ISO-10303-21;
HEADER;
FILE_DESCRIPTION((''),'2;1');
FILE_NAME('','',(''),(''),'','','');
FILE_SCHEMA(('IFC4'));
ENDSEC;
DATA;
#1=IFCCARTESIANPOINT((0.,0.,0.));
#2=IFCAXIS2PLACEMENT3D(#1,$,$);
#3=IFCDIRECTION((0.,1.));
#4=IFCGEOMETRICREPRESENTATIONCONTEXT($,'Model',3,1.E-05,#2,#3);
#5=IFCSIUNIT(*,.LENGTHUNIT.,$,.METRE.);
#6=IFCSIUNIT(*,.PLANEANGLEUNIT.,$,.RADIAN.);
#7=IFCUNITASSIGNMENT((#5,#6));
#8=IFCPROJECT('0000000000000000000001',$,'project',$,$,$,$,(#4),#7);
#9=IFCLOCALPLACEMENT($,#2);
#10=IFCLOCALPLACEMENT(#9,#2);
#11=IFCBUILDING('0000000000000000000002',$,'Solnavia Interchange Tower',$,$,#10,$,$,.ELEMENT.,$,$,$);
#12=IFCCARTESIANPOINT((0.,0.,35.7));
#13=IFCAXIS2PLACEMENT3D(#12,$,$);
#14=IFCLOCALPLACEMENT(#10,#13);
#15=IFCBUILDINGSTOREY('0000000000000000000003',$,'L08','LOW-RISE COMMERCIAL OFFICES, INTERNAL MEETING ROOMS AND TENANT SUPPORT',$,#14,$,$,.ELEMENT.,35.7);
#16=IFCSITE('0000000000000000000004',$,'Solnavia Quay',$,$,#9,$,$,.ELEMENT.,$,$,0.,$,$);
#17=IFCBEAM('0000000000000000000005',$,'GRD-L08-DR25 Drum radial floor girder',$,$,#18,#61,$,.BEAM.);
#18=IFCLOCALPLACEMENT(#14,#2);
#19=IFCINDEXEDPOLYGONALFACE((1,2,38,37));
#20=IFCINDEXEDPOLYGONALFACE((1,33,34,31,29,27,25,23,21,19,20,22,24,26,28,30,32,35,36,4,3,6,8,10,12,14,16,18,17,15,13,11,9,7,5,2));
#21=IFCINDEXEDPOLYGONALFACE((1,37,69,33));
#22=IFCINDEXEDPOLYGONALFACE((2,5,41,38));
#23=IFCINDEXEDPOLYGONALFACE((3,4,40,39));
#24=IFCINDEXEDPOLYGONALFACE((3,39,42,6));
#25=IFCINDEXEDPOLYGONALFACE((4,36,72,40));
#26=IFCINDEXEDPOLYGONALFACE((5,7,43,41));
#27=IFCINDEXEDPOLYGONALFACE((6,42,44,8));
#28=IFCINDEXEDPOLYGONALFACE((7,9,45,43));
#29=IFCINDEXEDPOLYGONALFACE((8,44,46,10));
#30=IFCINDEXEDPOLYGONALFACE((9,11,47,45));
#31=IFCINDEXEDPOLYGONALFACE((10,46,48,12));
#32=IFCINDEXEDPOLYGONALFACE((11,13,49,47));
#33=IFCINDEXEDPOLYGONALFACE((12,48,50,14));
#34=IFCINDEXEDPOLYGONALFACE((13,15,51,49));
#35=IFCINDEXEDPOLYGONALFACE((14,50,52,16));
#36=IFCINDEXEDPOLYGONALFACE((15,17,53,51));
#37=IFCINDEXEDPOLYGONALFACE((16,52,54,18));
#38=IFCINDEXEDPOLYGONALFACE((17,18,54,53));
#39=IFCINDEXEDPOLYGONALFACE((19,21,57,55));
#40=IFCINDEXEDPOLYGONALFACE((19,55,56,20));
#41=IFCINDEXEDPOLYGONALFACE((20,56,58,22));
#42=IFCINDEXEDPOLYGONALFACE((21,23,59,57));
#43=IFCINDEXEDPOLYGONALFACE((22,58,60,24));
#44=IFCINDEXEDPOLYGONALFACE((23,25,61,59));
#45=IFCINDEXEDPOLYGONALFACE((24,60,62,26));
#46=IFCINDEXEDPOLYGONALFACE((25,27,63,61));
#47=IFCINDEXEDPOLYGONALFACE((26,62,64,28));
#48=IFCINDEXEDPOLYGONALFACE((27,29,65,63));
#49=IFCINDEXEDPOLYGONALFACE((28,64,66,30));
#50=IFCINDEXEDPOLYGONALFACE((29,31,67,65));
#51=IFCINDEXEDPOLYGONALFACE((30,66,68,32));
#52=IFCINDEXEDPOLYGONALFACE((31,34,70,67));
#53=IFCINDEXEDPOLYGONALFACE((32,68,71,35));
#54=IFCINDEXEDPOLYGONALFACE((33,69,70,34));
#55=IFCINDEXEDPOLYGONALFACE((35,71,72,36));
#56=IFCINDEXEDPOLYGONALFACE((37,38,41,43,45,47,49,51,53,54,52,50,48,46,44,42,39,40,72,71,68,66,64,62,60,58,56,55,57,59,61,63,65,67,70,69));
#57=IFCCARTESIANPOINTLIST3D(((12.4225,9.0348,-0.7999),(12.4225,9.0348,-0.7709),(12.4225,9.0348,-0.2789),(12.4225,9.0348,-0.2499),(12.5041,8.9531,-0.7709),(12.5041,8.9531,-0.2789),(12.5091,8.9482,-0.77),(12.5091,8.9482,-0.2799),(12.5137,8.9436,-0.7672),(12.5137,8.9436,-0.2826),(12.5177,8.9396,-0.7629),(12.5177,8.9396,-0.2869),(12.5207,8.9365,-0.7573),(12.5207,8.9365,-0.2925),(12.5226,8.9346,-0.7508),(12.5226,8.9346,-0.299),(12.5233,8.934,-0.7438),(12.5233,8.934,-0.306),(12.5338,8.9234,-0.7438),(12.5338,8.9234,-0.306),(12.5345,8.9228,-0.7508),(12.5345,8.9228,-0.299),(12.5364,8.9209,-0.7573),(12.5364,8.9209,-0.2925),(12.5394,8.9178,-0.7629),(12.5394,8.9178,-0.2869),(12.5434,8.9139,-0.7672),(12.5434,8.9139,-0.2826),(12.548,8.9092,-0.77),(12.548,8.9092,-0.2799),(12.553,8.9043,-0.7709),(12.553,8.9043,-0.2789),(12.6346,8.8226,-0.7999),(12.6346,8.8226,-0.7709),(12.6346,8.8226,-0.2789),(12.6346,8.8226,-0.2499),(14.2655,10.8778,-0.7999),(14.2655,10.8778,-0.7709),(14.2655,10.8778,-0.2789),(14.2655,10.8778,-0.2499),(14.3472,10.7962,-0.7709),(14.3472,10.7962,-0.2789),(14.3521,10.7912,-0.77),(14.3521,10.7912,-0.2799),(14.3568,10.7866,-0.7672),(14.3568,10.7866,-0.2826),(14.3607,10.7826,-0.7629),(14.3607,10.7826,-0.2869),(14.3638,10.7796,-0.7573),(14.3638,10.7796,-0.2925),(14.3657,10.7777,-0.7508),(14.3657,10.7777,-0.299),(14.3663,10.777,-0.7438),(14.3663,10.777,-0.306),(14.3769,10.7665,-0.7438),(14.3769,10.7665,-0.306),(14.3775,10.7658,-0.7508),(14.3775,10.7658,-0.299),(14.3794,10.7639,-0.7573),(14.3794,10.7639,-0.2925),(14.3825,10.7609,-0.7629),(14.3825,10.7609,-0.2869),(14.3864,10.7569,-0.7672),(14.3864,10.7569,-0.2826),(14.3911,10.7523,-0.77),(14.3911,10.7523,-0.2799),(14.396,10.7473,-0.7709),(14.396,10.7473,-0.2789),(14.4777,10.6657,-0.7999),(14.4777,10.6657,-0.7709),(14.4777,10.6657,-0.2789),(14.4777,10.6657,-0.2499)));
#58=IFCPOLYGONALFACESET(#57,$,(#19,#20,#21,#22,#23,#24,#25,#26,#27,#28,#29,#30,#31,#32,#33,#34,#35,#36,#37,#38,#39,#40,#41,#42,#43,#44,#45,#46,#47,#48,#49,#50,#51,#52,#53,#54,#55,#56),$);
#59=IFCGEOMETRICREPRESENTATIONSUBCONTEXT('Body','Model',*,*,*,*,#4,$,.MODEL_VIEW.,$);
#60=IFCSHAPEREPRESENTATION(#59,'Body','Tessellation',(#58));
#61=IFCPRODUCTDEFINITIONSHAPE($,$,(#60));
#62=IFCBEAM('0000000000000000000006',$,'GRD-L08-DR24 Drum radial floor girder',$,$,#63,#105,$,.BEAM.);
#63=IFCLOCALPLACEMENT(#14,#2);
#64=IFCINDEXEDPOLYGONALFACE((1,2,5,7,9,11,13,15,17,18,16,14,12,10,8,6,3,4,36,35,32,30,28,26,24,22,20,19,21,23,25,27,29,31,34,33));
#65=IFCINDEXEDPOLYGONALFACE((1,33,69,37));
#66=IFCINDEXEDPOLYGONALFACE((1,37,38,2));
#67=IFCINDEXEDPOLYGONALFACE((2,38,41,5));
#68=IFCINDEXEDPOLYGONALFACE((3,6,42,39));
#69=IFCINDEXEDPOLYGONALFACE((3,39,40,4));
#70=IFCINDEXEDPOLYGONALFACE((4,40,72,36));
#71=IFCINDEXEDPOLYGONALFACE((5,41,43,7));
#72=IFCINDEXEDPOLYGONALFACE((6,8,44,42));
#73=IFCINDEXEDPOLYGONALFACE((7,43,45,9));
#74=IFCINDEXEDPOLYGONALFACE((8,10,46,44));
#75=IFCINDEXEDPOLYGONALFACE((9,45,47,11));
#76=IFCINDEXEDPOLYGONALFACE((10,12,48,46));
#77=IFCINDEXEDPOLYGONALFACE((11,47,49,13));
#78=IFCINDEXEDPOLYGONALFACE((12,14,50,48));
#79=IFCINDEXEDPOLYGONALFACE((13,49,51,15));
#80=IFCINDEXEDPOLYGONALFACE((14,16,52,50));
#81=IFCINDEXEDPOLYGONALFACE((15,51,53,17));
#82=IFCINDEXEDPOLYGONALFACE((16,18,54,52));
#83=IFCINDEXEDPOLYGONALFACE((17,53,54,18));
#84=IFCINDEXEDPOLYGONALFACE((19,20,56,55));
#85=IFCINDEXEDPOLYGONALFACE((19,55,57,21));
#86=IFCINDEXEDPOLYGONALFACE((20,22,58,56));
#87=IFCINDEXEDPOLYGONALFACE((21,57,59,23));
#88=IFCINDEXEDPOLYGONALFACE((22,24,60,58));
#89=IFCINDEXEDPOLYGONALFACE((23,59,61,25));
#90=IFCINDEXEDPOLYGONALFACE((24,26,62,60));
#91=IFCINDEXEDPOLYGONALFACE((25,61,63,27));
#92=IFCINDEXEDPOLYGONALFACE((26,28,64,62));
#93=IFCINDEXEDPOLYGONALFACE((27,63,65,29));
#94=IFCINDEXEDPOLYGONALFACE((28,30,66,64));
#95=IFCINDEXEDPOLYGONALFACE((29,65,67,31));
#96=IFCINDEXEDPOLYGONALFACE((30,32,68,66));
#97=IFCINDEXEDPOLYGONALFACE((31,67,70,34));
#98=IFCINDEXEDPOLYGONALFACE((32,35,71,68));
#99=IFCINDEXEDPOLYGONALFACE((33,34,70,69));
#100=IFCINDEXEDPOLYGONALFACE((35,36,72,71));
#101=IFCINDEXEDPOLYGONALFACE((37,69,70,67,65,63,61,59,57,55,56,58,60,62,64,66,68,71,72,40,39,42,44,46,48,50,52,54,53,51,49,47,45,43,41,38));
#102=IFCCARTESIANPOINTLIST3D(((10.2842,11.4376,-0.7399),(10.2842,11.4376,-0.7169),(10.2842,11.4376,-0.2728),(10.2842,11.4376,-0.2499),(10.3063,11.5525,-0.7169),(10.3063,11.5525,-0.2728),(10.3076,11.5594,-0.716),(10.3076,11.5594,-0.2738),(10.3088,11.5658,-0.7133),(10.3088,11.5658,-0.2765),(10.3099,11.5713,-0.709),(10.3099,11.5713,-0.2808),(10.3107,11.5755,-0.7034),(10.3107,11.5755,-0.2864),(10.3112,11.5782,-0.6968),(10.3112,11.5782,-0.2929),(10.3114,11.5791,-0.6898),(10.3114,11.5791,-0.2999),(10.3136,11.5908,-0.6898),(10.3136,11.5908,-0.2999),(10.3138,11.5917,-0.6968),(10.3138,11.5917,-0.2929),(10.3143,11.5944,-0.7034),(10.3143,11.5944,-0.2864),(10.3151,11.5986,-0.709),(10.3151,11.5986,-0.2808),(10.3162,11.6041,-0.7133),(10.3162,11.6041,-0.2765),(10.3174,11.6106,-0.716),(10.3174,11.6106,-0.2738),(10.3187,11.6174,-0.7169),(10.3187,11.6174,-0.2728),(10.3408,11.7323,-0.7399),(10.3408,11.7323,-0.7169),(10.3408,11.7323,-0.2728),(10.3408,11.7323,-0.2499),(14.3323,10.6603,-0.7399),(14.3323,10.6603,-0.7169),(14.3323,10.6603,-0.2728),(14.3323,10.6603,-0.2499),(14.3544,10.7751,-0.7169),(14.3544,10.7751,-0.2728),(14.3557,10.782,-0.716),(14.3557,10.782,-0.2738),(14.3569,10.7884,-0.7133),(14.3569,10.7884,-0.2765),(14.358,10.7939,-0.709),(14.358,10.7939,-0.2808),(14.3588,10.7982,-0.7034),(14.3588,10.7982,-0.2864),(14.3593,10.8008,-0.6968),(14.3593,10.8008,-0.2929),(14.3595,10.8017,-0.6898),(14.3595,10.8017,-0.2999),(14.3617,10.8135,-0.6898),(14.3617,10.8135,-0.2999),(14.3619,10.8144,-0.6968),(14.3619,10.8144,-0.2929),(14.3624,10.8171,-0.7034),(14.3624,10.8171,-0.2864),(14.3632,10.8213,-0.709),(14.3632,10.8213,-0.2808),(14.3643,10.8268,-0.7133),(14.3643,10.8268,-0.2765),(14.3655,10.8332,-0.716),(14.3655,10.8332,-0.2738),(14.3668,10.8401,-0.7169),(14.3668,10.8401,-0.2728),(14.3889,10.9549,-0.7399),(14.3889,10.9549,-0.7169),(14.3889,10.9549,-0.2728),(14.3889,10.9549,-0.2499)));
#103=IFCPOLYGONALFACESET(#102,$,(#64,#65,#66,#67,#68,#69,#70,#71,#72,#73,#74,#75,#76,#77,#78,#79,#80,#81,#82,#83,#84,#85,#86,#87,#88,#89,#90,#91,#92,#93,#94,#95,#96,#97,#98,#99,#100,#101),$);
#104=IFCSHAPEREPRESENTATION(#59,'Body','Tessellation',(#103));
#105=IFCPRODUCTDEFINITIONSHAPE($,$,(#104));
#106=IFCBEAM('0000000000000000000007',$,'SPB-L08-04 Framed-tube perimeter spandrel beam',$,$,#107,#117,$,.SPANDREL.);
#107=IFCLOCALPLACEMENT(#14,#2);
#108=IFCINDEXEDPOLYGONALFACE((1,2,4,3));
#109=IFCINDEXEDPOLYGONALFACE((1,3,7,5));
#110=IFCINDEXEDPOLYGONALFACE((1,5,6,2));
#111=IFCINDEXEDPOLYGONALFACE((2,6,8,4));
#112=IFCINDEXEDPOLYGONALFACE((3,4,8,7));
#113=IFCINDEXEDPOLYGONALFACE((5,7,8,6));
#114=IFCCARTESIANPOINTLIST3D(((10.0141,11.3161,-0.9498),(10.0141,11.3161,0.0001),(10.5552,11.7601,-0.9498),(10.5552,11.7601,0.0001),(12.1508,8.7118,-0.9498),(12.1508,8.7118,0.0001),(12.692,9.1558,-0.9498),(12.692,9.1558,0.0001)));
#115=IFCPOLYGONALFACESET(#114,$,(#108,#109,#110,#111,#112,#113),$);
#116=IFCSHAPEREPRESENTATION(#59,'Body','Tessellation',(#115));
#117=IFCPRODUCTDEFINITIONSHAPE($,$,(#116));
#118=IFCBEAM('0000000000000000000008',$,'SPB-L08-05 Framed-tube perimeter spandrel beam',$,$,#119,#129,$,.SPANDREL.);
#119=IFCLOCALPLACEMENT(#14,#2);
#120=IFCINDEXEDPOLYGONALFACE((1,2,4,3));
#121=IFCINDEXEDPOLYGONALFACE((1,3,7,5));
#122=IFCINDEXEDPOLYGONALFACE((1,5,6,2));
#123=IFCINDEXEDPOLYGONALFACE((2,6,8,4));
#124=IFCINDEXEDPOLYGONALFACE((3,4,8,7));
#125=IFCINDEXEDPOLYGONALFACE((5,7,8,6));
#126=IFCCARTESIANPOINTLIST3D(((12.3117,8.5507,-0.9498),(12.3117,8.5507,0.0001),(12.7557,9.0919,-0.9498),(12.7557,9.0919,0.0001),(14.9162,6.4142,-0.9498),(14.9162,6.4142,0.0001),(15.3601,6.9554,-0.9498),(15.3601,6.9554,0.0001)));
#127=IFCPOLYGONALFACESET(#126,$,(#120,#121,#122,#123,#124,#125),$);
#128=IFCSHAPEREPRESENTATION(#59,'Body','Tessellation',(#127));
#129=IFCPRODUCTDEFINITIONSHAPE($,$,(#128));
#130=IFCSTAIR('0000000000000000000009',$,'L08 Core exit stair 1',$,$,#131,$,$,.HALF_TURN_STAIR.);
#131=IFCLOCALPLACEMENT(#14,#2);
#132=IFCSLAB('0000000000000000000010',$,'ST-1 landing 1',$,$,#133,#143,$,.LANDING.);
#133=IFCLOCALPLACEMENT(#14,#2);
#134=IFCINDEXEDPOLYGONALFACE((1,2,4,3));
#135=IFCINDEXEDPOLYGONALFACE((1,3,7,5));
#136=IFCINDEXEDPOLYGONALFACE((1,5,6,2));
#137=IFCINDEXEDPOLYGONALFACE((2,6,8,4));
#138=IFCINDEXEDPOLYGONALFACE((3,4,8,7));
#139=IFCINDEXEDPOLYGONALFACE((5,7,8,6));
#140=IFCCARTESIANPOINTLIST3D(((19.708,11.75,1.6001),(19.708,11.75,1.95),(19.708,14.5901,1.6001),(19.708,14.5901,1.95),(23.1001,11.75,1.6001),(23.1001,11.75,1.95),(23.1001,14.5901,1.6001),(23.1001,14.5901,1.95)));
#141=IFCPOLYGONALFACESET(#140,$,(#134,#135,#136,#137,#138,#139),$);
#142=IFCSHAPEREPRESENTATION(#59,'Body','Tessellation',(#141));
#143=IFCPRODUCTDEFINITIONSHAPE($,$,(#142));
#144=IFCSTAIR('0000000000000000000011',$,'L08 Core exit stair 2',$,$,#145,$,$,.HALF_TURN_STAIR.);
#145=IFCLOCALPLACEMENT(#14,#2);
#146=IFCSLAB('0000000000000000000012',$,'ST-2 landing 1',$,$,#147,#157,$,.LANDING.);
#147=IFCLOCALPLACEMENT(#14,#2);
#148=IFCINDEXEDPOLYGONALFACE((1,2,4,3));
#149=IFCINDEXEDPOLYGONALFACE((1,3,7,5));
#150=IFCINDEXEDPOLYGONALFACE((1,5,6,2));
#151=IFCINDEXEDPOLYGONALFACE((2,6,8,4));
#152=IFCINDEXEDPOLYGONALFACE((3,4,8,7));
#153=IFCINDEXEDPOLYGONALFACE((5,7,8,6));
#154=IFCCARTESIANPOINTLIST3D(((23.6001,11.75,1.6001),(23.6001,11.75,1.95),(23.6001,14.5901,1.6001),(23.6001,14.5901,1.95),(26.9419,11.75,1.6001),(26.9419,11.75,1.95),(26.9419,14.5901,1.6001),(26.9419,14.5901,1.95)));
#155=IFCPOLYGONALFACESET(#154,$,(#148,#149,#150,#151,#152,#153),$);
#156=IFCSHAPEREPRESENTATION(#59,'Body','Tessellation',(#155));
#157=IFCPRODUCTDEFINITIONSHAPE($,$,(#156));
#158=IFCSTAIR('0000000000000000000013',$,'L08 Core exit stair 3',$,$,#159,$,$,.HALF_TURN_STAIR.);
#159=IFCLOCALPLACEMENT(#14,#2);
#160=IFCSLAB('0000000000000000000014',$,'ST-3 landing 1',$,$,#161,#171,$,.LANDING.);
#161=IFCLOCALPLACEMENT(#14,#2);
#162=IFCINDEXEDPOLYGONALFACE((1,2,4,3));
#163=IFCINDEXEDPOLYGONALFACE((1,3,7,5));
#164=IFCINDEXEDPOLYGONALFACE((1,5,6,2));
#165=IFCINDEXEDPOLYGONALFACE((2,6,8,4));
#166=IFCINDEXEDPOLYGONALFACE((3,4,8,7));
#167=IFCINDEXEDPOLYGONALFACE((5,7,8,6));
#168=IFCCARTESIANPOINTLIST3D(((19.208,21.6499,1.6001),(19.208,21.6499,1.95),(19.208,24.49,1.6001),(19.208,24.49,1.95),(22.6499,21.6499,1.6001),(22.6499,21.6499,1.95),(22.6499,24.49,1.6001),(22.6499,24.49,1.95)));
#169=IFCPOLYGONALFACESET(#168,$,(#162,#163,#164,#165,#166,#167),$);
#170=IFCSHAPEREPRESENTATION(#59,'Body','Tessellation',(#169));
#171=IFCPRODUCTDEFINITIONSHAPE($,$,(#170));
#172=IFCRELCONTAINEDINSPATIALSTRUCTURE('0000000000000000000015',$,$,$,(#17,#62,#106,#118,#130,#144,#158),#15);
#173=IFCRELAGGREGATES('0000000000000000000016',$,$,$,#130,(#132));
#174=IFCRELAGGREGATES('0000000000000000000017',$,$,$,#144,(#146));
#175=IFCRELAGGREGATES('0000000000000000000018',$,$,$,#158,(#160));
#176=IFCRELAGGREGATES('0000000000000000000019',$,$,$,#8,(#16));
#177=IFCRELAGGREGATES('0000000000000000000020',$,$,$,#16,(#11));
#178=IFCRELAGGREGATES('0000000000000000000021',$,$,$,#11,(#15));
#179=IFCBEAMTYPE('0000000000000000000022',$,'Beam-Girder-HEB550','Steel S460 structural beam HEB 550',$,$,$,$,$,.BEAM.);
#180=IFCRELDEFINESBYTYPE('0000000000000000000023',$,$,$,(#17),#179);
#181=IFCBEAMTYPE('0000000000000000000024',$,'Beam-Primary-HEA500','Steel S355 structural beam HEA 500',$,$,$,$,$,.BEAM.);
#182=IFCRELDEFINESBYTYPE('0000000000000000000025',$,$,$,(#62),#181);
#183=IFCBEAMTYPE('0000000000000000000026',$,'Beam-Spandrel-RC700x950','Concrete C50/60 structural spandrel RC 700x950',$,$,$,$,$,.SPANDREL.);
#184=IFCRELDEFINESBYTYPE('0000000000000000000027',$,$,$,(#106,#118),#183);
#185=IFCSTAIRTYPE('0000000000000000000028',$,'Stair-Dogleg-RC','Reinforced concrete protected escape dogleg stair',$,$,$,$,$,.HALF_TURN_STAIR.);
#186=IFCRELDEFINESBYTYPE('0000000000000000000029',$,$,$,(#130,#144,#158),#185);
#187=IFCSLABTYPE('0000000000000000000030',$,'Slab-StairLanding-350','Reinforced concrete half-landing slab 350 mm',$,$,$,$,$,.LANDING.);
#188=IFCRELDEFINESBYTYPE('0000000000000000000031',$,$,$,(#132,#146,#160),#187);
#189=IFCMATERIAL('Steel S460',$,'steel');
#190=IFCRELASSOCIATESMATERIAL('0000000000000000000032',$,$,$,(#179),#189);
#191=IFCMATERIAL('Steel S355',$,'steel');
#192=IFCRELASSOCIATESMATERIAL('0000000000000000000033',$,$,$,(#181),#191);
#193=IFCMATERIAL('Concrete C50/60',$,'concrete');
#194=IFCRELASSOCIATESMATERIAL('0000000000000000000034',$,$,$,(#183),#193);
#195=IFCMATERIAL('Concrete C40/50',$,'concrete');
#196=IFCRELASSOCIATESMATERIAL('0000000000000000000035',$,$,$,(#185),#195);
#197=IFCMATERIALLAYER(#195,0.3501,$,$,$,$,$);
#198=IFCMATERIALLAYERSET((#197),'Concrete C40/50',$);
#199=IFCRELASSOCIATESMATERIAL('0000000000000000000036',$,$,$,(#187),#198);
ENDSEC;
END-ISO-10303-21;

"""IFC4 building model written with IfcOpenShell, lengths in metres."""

from ifc_helpers import new_model, si_unit, direction, frame, origin, origin_2d, place, context, subcontext, project, spatial, polyline, rectangle, i_section, outline, extrude, material, layer, layer_set, material_profile, profile_set, type_object, element, aggregate, save


model = new_model("IFC4")

# Units and contexts
model_context = context("Model", 3, precision=1e-05, world=origin(), true_north=direction((0.0, 1.0)))
body_context = subcontext(model_context, "Body", "Model", "MODEL_VIEW")
ifc_project = project(units=[si_unit("LENGTHUNIT", "METRE"), si_unit("PLANEANGLEUNIT", "RADIAN")], contexts=[model_context])

# Site, building, storey
site_placement = place(None, origin())
site = spatial("IfcSite", under=ifc_project, at=site_placement, Name="Solnavia Quay", CompositionType="ELEMENT", RefElevation=0.0)
building_placement = place(site_placement, origin())
building = spatial("IfcBuilding", under=site, at=building_placement, Name="Solnavia Interchange Tower", CompositionType="ELEMENT")
storey_placement = place(building_placement, frame((0.0, 0.0, 35.7)))
storey = spatial("IfcBuildingStorey", under=building, at=storey_placement, Name="L08", Description="LOW-RISE COMMERCIAL OFFICES, INTERNAL MEETING ROOMS AND TENANT SUPPORT", CompositionType="ELEMENT", Elevation=35.7)

# Shared definitions
ifc_material_1 = material(Name="Steel S355", Category="steel")

# Beams
ifc_material_2 = material(Name="Steel S460", Category="steel")
ifc_material_profile_1 = material_profile(ifc_material_2, i_section(OverallWidth=0.3, OverallDepth=0.55, WebThickness=0.0149, FlangeThickness=0.0291, FilletRadius=0.0271, at=origin_2d()), Name="HEB 550")
ifc_profile_set_1 = profile_set([ifc_material_profile_1], Name="Steel S460")
beam_type_1 = type_object("IfcBeamType", Name="Beam-Girder-HEB550", Description="Steel S460 structural beam HEB 550", PredefinedType="BEAM", material=ifc_profile_set_1)
beam_1_placement = place(storey_placement, frame((12.5286, 8.9287, -0.5249), z_axis=(0.707107, 0.707107, 0.0), x_axis=(-0.707107, 0.707107, 0.0)))
element("IfcBeam", 1, at=beam_1_placement, inside=storey, type_object=beam_type_1, Name="GRD-L08-DR25 Drum radial floor girder", PredefinedType="BEAM", context=body_context, shape_type="SweptSolid", body=[
    extrude(i_section(OverallWidth=0.3, OverallDepth=0.55, WebThickness=0.0149, FlangeThickness=0.0291, FilletRadius=0.0271, at=origin_2d()), origin(), (0.0, 0.0, 1.0), 2.6064),
])
ifc_material_profile_2 = material_profile(ifc_material_1, i_section(OverallWidth=0.3, OverallDepth=0.49, WebThickness=0.012, FlangeThickness=0.0229, FilletRadius=0.0271, at=origin_2d()), Name="HEA 500")
ifc_profile_set_2 = profile_set([ifc_material_profile_2], Name="Steel S355")
beam_type_2 = type_object("IfcBeamType", Name="Beam-Primary-HEA500", Description="Steel S355 structural beam HEA 500", PredefinedType="BEAM", material=ifc_profile_set_2)
beam_2_placement = place(storey_placement, frame((10.3125, 11.585, -0.4949), z_axis=(0.982058, -0.188582, 0.0), x_axis=(0.188582, 0.982058, 0.0)))
element("IfcBeam", 2, at=beam_2_placement, inside=storey, type_object=beam_type_2, Name="GRD-L08-DR24 Drum radial floor girder", PredefinedType="BEAM", context=body_context, shape_type="SweptSolid", body=[
    extrude(i_section(OverallWidth=0.3, OverallDepth=0.49, WebThickness=0.012, FlangeThickness=0.0229, FilletRadius=0.0271, at=origin_2d()), origin(), (0.0, 0.0, 1.0), 4.1221),
])
ifc_material_3 = material(Name="Concrete C50/60", Category="concrete")
ifc_material_profile_3 = material_profile(ifc_material_3, rectangle(XDim=0.7, YDim=0.95, at=origin_2d()), Name="RC 700x950")
ifc_profile_set_3 = profile_set([ifc_material_profile_3], Name="Concrete C50/60")
beam_type_3 = type_object("IfcBeamType", Name="Beam-Spandrel-RC700x950", Description="Concrete C50/60 structural spandrel RC 700x950", PredefinedType="SPANDREL", material=ifc_profile_set_3)
for number, where, z_axis, x_axis, name in (
    (3, (10.2847, 11.5381, -0.4749), (0.634299, -0.773088, 0.0), (0.773088, 0.634299, 0.0), "SPB-L08-04 Framed-tube perimeter spandrel beam"),
    (4, (12.5337, 8.8213, -0.4749), (0.773153, -0.63422, 0.0), (0.63422, 0.773153, 0.0), "SPB-L08-05 Framed-tube perimeter spandrel beam"),
):
    element("IfcBeam", number, at=place(storey_placement, frame(where, z_axis=z_axis, x_axis=x_axis)), inside=storey, type_object=beam_type_3, Name=name, PredefinedType="SPANDREL", context=body_context, shape_type="SweptSolid", body=[
        extrude(rectangle(XDim=0.7, YDim=0.95, at=origin_2d()), origin(), (0.0, 0.0, 1.0), 3.3687),
    ])

# Stairs, slabs
ifc_material_4 = material(Name="Concrete C40/50", Category="concrete")
stair_type = type_object("IfcStairType", Name="Stair-Dogleg-RC", Description="Reinforced concrete protected escape dogleg stair", PredefinedType="HALF_TURN_STAIR", material=ifc_material_4)
stair_1_placement = place(storey_placement, origin())
stair_1 = element("IfcStair", 5, at=stair_1_placement, inside=storey, type_object=stair_type, Name="L08 Core exit stair 1", PredefinedType="HALF_TURN_STAIR")
ifc_layer_1 = layer(ifc_material_4, 0.3501)
ifc_layer_set_1 = layer_set([ifc_layer_1], Name="Concrete C40/50")
slab_type_1 = type_object("IfcSlabType", Name="Slab-StairLanding-350", Description="Reinforced concrete half-landing slab 350 mm", PredefinedType="LANDING", material=ifc_layer_set_1)
slab_1_placement = place(storey_placement, frame((0.0, 0.0, 1.6001)))
slab_1 = element("IfcSlab", 6, at=slab_1_placement, type_object=slab_type_1, Name="ST-1 landing 1", PredefinedType="LANDING", context=body_context, shape_type="SweptSolid", body=[
    extrude(outline(polyline([(19.708, 11.75), (23.1001, 11.75), (23.1001, 14.5901), (19.708, 14.5901), (19.708, 11.75)])), origin(), (0.0, 0.0, 1.0), 0.3499),
])
aggregate(stair_1, [slab_1])
stair_2_placement = place(storey_placement, origin())
stair_2 = element("IfcStair", 7, at=stair_2_placement, inside=storey, type_object=stair_type, Name="L08 Core exit stair 2", PredefinedType="HALF_TURN_STAIR")
slab_2_placement = place(storey_placement, frame((0.0, 0.0, 1.6001)))
slab_2 = element("IfcSlab", 8, at=slab_2_placement, type_object=slab_type_1, Name="ST-2 landing 1", PredefinedType="LANDING", context=body_context, shape_type="SweptSolid", body=[
    extrude(outline(polyline([(23.6001, 11.75), (26.9419, 11.75), (26.9419, 14.5901), (23.6001, 14.5901), (23.6001, 11.75)])), origin(), (0.0, 0.0, 1.0), 0.3499),
])
aggregate(stair_2, [slab_2])
stair_3_placement = place(storey_placement, origin())
stair_3 = element("IfcStair", 9, at=stair_3_placement, inside=storey, type_object=stair_type, Name="L08 Core exit stair 3", PredefinedType="HALF_TURN_STAIR")
slab_3_placement = place(storey_placement, frame((0.0, 0.0, 1.6001)))
slab_3 = element("IfcSlab", 10, at=slab_3_placement, type_object=slab_type_1, Name="ST-3 landing 1", PredefinedType="LANDING", context=body_context, shape_type="SweptSolid", body=[
    extrude(outline(polyline([(19.208, 21.6499), (22.6499, 21.6499), (22.6499, 24.49), (19.208, 24.49), (19.208, 21.6499)])), origin(), (0.0, 0.0, 1.0), 0.3499),
])
aggregate(stair_3, [slab_3])

save(model, "model.ifc")
